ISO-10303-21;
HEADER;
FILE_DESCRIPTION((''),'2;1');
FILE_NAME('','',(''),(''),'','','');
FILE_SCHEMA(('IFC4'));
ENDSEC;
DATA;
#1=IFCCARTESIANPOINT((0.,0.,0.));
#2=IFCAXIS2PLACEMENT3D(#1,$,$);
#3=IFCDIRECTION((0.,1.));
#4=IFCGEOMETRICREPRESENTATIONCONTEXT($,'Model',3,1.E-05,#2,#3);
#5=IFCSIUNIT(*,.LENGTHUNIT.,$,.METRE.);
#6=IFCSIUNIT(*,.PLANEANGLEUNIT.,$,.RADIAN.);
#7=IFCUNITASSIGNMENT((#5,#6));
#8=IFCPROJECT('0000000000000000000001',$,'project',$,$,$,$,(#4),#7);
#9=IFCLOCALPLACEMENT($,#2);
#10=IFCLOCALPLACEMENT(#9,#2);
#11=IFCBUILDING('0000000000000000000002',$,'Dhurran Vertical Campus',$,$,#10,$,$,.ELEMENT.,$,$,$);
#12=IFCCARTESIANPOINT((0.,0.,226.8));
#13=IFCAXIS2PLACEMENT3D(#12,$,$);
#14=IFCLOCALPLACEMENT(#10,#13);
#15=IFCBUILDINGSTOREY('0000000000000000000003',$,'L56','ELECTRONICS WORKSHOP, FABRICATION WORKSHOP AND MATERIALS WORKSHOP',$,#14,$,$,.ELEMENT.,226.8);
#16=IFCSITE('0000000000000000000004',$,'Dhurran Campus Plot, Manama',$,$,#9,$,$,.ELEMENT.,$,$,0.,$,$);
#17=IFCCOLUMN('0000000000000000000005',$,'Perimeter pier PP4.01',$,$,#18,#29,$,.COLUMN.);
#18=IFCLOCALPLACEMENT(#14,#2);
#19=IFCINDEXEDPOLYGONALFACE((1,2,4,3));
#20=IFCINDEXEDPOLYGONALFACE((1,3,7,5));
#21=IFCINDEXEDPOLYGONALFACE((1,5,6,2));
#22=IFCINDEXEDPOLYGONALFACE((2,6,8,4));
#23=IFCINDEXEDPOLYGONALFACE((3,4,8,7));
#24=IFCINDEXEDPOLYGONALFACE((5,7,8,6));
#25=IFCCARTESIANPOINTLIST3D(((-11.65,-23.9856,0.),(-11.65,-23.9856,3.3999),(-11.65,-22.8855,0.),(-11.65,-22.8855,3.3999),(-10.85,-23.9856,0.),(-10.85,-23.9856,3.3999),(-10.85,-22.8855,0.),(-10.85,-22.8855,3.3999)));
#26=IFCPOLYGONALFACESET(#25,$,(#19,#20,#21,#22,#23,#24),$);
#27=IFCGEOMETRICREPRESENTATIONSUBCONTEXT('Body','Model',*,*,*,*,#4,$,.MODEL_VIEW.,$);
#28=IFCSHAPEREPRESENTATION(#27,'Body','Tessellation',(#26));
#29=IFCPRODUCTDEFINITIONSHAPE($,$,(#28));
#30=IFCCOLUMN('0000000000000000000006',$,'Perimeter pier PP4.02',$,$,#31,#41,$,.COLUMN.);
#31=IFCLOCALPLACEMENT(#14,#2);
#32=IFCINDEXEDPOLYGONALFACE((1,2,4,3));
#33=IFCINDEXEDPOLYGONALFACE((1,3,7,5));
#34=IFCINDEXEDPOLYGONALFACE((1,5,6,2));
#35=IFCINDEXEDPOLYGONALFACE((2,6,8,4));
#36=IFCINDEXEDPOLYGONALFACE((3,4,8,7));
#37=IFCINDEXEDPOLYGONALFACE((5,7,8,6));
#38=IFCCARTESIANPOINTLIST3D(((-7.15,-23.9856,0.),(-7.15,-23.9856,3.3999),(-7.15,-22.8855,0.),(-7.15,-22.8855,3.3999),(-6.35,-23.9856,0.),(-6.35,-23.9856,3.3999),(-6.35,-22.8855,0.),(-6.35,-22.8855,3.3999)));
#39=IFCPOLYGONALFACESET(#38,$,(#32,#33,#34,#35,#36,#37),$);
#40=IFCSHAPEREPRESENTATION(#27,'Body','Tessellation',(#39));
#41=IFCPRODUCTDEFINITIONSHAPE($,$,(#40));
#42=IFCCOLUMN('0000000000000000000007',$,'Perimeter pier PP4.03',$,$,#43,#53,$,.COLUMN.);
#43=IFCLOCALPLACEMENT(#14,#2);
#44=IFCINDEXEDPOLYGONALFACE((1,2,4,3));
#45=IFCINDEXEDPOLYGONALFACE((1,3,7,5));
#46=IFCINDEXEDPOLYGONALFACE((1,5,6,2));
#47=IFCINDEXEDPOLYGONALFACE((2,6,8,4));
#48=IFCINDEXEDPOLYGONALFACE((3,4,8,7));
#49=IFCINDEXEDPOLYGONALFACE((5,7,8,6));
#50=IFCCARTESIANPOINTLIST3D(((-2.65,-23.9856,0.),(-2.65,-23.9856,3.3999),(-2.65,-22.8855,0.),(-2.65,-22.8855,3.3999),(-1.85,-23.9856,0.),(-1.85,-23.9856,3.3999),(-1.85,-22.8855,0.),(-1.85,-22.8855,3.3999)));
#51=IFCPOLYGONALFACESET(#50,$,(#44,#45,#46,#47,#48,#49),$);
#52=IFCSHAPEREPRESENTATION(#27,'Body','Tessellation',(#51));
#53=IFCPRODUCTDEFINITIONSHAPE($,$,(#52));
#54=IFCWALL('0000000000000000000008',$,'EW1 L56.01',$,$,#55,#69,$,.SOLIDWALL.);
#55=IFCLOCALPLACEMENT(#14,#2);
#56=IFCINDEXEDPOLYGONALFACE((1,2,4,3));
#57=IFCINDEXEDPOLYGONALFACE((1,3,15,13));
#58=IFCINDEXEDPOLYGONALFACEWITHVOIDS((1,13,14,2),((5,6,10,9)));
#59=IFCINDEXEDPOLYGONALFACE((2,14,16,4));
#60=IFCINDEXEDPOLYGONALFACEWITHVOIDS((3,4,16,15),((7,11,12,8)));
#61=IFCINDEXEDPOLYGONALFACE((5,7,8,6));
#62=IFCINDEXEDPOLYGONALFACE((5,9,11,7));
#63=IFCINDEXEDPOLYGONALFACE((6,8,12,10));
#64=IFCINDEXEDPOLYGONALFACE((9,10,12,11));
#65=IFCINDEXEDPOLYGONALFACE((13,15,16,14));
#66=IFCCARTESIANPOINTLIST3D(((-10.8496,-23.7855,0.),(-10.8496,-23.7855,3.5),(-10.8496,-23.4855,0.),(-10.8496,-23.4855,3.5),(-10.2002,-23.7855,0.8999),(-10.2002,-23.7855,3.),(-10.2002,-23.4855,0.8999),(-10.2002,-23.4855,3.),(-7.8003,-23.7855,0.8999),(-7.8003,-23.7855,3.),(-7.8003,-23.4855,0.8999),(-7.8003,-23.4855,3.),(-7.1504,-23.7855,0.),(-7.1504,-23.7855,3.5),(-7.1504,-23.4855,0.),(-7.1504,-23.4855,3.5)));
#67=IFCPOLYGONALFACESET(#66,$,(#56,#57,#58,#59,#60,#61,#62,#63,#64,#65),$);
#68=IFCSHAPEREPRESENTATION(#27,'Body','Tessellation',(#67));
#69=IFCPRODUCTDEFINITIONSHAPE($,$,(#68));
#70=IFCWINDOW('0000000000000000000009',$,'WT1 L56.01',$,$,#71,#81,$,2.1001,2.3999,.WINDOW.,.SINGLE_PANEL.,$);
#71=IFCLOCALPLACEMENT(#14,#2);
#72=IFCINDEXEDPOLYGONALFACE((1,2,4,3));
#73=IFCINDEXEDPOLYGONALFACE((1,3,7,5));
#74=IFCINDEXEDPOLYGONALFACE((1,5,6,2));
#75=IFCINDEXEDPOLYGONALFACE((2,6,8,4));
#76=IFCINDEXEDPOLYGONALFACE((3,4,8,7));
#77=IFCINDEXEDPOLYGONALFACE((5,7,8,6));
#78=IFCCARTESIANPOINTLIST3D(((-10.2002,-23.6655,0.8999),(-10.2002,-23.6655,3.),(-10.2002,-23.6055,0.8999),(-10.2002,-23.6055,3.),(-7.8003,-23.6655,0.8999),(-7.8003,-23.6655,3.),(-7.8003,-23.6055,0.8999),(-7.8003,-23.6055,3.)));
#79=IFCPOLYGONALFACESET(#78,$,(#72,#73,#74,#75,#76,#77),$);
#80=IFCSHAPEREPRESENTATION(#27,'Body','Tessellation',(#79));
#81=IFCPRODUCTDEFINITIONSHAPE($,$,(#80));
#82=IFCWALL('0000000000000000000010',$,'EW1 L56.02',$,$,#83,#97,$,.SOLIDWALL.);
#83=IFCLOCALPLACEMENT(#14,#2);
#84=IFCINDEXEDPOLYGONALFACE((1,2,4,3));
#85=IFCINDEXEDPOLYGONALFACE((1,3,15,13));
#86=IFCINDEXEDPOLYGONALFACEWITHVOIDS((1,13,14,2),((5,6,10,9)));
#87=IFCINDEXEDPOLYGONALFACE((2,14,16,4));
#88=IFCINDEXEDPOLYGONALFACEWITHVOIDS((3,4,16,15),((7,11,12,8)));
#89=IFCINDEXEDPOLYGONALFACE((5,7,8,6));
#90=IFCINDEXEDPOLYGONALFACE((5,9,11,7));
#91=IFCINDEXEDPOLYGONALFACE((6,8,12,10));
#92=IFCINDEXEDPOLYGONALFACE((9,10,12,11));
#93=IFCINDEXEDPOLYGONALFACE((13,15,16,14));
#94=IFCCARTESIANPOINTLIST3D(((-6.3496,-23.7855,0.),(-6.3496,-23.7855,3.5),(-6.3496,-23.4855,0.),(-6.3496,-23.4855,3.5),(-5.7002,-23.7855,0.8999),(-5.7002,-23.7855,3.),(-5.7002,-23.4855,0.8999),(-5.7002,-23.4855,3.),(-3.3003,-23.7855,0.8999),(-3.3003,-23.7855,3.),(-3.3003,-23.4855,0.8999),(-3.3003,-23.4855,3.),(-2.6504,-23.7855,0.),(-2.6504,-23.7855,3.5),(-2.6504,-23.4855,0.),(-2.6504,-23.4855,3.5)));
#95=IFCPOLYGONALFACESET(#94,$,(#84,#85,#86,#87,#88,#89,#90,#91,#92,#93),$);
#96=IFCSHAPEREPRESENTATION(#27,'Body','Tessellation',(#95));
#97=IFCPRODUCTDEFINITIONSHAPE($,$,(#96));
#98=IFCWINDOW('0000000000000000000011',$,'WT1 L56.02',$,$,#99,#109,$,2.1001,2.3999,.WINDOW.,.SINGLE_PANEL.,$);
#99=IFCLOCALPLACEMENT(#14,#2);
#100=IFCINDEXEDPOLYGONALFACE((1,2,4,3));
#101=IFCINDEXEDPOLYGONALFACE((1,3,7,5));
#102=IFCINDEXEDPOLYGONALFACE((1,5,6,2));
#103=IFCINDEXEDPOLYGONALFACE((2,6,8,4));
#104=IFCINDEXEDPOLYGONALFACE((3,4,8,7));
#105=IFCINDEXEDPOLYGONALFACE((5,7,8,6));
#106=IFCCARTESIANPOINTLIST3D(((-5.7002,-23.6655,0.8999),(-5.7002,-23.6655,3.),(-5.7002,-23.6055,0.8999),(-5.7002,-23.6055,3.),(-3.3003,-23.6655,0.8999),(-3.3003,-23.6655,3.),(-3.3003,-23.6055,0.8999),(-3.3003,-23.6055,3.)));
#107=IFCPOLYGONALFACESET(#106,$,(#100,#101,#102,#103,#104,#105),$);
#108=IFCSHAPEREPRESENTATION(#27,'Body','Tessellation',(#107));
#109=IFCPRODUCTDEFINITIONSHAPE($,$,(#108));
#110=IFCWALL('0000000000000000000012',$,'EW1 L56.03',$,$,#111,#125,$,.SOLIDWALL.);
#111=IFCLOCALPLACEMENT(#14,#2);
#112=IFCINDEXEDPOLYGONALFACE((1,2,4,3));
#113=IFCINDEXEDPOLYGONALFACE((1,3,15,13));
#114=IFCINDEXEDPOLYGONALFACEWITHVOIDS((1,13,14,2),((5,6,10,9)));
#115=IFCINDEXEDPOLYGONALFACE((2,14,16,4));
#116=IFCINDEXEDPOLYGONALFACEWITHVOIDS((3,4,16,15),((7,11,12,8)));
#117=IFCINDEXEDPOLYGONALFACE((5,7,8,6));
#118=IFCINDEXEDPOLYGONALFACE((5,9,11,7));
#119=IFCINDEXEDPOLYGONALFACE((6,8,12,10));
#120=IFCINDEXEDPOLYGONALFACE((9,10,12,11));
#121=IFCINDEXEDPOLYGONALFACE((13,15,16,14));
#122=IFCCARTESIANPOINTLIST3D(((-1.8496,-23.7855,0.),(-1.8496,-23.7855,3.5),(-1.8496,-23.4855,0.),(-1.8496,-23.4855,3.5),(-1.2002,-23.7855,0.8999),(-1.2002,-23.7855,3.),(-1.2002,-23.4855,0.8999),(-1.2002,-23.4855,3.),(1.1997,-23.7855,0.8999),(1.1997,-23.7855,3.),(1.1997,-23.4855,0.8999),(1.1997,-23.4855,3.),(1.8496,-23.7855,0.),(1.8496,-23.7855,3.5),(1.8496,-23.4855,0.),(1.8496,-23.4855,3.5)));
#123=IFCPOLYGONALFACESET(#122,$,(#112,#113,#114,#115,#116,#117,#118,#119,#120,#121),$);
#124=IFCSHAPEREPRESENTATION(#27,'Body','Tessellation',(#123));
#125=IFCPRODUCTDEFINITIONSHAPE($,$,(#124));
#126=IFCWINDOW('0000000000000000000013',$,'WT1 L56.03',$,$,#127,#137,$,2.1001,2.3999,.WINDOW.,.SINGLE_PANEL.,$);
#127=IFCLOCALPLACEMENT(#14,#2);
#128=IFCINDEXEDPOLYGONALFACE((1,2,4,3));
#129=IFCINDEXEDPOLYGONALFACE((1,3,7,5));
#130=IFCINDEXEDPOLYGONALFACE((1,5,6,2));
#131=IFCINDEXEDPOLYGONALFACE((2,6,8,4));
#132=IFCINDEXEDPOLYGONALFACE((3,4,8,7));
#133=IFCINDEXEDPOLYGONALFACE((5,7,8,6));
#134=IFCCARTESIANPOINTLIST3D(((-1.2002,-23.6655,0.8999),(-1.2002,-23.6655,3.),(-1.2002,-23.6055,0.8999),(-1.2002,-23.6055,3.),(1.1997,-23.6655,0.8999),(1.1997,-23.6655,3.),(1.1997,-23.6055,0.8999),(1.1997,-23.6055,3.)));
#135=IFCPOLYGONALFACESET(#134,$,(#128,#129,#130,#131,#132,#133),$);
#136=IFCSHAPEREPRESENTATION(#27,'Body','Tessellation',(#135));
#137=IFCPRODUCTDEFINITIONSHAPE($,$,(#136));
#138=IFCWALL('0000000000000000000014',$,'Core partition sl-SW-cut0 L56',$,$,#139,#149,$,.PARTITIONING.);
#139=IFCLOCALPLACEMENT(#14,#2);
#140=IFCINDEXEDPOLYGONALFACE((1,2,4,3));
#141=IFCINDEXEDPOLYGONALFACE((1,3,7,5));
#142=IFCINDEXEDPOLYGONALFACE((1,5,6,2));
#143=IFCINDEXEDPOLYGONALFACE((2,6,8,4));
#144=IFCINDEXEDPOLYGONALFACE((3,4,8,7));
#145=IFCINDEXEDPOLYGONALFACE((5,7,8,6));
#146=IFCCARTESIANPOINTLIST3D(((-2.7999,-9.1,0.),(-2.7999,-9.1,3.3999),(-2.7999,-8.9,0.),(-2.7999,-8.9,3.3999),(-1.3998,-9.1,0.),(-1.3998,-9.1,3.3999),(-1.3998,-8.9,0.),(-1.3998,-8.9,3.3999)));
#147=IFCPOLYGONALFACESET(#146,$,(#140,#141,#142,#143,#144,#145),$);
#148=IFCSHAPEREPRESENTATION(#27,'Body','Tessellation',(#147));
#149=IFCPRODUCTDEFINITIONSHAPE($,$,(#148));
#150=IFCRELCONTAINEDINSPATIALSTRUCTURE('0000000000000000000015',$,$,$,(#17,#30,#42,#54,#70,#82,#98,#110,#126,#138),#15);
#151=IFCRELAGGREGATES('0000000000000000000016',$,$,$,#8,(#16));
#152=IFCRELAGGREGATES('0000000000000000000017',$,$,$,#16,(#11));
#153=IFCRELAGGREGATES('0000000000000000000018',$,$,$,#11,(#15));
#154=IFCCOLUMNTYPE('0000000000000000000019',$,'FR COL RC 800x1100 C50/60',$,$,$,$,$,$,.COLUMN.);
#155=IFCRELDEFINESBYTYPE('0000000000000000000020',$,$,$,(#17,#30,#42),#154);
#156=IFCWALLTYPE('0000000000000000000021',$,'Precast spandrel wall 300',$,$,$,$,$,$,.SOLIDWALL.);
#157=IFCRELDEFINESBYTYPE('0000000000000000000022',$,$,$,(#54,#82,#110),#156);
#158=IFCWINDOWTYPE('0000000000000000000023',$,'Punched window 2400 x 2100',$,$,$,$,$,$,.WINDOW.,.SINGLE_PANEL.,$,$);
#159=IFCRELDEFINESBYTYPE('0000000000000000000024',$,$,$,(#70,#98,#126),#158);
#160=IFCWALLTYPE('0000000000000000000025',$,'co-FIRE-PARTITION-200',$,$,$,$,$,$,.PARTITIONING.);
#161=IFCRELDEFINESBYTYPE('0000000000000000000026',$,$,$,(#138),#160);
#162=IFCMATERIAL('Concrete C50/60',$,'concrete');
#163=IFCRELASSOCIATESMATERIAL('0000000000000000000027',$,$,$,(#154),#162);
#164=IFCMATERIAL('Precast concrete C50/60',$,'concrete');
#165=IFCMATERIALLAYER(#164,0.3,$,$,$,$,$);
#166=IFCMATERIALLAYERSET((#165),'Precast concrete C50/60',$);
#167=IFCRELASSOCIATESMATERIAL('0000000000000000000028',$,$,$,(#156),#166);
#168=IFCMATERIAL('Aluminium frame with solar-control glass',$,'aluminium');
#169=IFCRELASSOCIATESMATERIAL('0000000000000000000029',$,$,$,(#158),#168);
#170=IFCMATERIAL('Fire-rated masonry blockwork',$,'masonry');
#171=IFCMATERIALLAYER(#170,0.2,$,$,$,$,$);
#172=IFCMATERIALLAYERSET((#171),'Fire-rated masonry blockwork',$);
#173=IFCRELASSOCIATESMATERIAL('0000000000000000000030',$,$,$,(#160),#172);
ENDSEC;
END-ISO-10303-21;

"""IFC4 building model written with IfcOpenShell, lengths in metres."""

from ifc_helpers import new_model, si_unit, direction, frame, frame_2d, origin, origin_2d, place, context, subcontext, project, spatial, rectangle, extrude, material, layer, layer_set, material_profile, profile_set, type_object, element, fill, save


model = new_model("IFC4")

# Units and contexts
model_context = context("Model", 3, precision=1e-05, world=origin(), true_north=direction((0.0, 1.0)))
body_context = subcontext(model_context, "Body", "Model", "MODEL_VIEW")
ifc_project = project(units=[si_unit("LENGTHUNIT", "METRE"), si_unit("PLANEANGLEUNIT", "RADIAN")], contexts=[model_context])

# Site, building, storey
site_placement = place(None, origin())
site = spatial("IfcSite", under=ifc_project, at=site_placement, Name="Dhurran Campus Plot, Manama", CompositionType="ELEMENT", RefElevation=0.0)
building_placement = place(site_placement, origin())
building = spatial("IfcBuilding", under=site, at=building_placement, Name="Dhurran Vertical Campus", CompositionType="ELEMENT")
storey_placement = place(building_placement, frame((0.0, 0.0, 226.8)))
storey = spatial("IfcBuildingStorey", under=building, at=storey_placement, Name="L56", Description="ELECTRONICS WORKSHOP, FABRICATION WORKSHOP AND MATERIALS WORKSHOP", CompositionType="ELEMENT", Elevation=226.8)

# Columns
ifc_material_1 = material(Name="Concrete C50/60", Category="concrete")
ifc_material_profile = material_profile(ifc_material_1, rectangle(XDim=0.8, YDim=1.1001, at=origin_2d()), Name="RC 800x1100")
ifc_profile_set = profile_set([ifc_material_profile], Name="Concrete C50/60")
column_type = type_object("IfcColumnType", Name="FR COL RC 800x1100 C50/60", PredefinedType="COLUMN", material=ifc_profile_set)
for number, where, z_axis, x_axis, name in (
    (1, (-11.25, -23.4355, 0.0), (0.0, 0.0, 1.0), (1.0, 0.0, 0.0), "Perimeter pier PP4.01"),
    (2, (-6.75, -23.4355, 0.0), (0.0, 0.0, 1.0), (1.0, 0.0, 0.0), "Perimeter pier PP4.02"),
    (3, (-2.25, -23.4355, 0.0), (0.0, 0.0, 1.0), (1.0, 0.0, 0.0), "Perimeter pier PP4.03"),
):
    element("IfcColumn", number, at=place(storey_placement, frame(where, z_axis=z_axis, x_axis=x_axis)), inside=storey, type_object=column_type, Name=name, PredefinedType="COLUMN", context=body_context, shape_type="SweptSolid", body=[
        extrude(rectangle(XDim=0.8, YDim=1.1001, at=origin_2d()), origin(), (0.0, 0.0, 1.0), 3.3999),
    ])

# Walls, openings, windows
ifc_material_2 = material(Name="Precast concrete C50/60", Category="concrete")
ifc_layer_1 = layer(ifc_material_2, 0.3)
ifc_layer_set_1 = layer_set([ifc_layer_1], Name="Precast concrete C50/60")
wall_type_1 = type_object("IfcWallType", Name="Precast spandrel wall 300", PredefinedType="SOLIDWALL", material=ifc_layer_set_1)
wall_1_placement = place(storey_placement, frame((-10.8496, -23.6355, 0.0), z_axis=(0.0, 0.0, 1.0), x_axis=(1.0, 0.0, 0.0)))
wall_1 = element("IfcWall", 4, at=wall_1_placement, inside=storey, type_object=wall_type_1, Name="EW1 L56.01", PredefinedType="SOLIDWALL", context=body_context, shape_type="SweptSolid", body=[
    extrude(rectangle(XDim=3.6992, YDim=0.3, at=frame_2d((1.8496, 0.0))), origin(), (0.0, 0.0, 1.0), 3.5),
])
opening_1_placement = place(wall_1_placement, frame((0.6494, 0.0, 0.8999)))
opening_1 = element("IfcOpeningElement", 5, at=opening_1_placement, cuts=wall_1, PredefinedType="OPENING", context=body_context, shape_type="SweptSolid", body=[
    extrude(rectangle(XDim=2.3999, YDim=2.1001, at=frame_2d((1.2, 1.05))), frame((0.0, 0.1599, 0.0), z_axis=(0.0, -1.0, 0.0), x_axis=(1.0, 0.0, 0.0)), (0.0, 0.0, 1.0), 0.3201),
])
ifc_material_3 = material(Name="Aluminium frame with solar-control glass", Category="aluminium")
window_type = type_object("IfcWindowType", Name="Punched window 2400 x 2100", PartitioningType="SINGLE_PANEL", PredefinedType="WINDOW", material=ifc_material_3)
window_1_placement = place(opening_1_placement, origin())
window_1 = element("IfcWindow", 6, at=window_1_placement, inside=storey, type_object=window_type, Name="WT1 L56.01", OverallHeight=2.1001, OverallWidth=2.3999, PartitioningType="SINGLE_PANEL", PredefinedType="WINDOW", context=body_context, shape_type="SweptSolid", body=[
    extrude(rectangle(XDim=2.3999, YDim=2.1001, at=frame_2d((1.2, 1.05))), frame((0.0, 0.03, 0.0), z_axis=(0.0, -1.0, 0.0), x_axis=(1.0, 0.0, 0.0)), (0.0, 0.0, 1.0), 0.0601),
])
fill(opening_1, window_1)
wall_2_placement = place(storey_placement, frame((-6.3496, -23.6355, 0.0), z_axis=(0.0, 0.0, 1.0), x_axis=(1.0, 0.0, 0.0)))
wall_2 = element("IfcWall", 7, at=wall_2_placement, inside=storey, type_object=wall_type_1, Name="EW1 L56.02", PredefinedType="SOLIDWALL", context=body_context, shape_type="SweptSolid", body=[
    extrude(rectangle(XDim=3.6992, YDim=0.3, at=frame_2d((1.8496, 0.0))), origin(), (0.0, 0.0, 1.0), 3.5),
])
opening_2_placement = place(wall_2_placement, frame((0.6494, 0.0, 0.8999)))
opening_2 = element("IfcOpeningElement", 8, at=opening_2_placement, cuts=wall_2, PredefinedType="OPENING", context=body_context, shape_type="SweptSolid", body=[
    extrude(rectangle(XDim=2.3999, YDim=2.1001, at=frame_2d((1.2, 1.05))), frame((0.0, 0.1599, 0.0), z_axis=(0.0, -1.0, 0.0), x_axis=(1.0, 0.0, 0.0)), (0.0, 0.0, 1.0), 0.3201),
])
window_2_placement = place(opening_2_placement, origin())
window_2 = element("IfcWindow", 9, at=window_2_placement, inside=storey, type_object=window_type, Name="WT1 L56.02", OverallHeight=2.1001, OverallWidth=2.3999, PartitioningType="SINGLE_PANEL", PredefinedType="WINDOW", context=body_context, shape_type="SweptSolid", body=[
    extrude(rectangle(XDim=2.3999, YDim=2.1001, at=frame_2d((1.2, 1.05))), frame((0.0, 0.03, 0.0), z_axis=(0.0, -1.0, 0.0), x_axis=(1.0, 0.0, 0.0)), (0.0, 0.0, 1.0), 0.0601),
])
fill(opening_2, window_2)
wall_3_placement = place(storey_placement, frame((-1.8496, -23.6355, 0.0), z_axis=(0.0, 0.0, 1.0), x_axis=(1.0, 0.0, 0.0)))
wall_3 = element("IfcWall", 10, at=wall_3_placement, inside=storey, type_object=wall_type_1, Name="EW1 L56.03", PredefinedType="SOLIDWALL", context=body_context, shape_type="SweptSolid", body=[
    extrude(rectangle(XDim=3.6992, YDim=0.3, at=frame_2d((1.8496, 0.0))), origin(), (0.0, 0.0, 1.0), 3.5),
])
opening_3_placement = place(wall_3_placement, frame((0.6494, 0.0, 0.8999)))
opening_3 = element("IfcOpeningElement", 11, at=opening_3_placement, cuts=wall_3, PredefinedType="OPENING", context=body_context, shape_type="SweptSolid", body=[
    extrude(rectangle(XDim=2.3999, YDim=2.1001, at=frame_2d((1.2, 1.05))), frame((0.0, 0.1599, 0.0), z_axis=(0.0, -1.0, 0.0), x_axis=(1.0, 0.0, 0.0)), (0.0, 0.0, 1.0), 0.3201),
])
window_3_placement = place(opening_3_placement, origin())
window_3 = element("IfcWindow", 12, at=window_3_placement, inside=storey, type_object=window_type, Name="WT1 L56.03", OverallHeight=2.1001, OverallWidth=2.3999, PartitioningType="SINGLE_PANEL", PredefinedType="WINDOW", context=body_context, shape_type="SweptSolid", body=[
    extrude(rectangle(XDim=2.3999, YDim=2.1001, at=frame_2d((1.2, 1.05))), frame((0.0, 0.03, 0.0), z_axis=(0.0, -1.0, 0.0), x_axis=(1.0, 0.0, 0.0)), (0.0, 0.0, 1.0), 0.0601),
])
fill(opening_3, window_3)

# Wall
ifc_material_4 = material(Name="Fire-rated masonry blockwork", Category="masonry")
ifc_layer_2 = layer(ifc_material_4, 0.2)
ifc_layer_set_2 = layer_set([ifc_layer_2], Name="Fire-rated masonry blockwork")
wall_type_2 = type_object("IfcWallType", Name="co-FIRE-PARTITION-200", PredefinedType="PARTITIONING", material=ifc_layer_set_2)
wall_4_placement = place(storey_placement, frame((-2.8, -9.0, 0.0), z_axis=(0.0, 0.0, 1.0), x_axis=(1.0, 0.0, 0.0)))
element("IfcWall", 13, at=wall_4_placement, inside=storey, type_object=wall_type_2, Name="Core partition sl-SW-cut0 L56", PredefinedType="PARTITIONING", context=body_context, shape_type="SweptSolid", body=[
    extrude(rectangle(XDim=1.4001, YDim=0.2, at=frame_2d((0.7002, 0.0))), origin(), (0.0, 0.0, 1.0), 3.3999),
])

save(model, "model.ifc")
